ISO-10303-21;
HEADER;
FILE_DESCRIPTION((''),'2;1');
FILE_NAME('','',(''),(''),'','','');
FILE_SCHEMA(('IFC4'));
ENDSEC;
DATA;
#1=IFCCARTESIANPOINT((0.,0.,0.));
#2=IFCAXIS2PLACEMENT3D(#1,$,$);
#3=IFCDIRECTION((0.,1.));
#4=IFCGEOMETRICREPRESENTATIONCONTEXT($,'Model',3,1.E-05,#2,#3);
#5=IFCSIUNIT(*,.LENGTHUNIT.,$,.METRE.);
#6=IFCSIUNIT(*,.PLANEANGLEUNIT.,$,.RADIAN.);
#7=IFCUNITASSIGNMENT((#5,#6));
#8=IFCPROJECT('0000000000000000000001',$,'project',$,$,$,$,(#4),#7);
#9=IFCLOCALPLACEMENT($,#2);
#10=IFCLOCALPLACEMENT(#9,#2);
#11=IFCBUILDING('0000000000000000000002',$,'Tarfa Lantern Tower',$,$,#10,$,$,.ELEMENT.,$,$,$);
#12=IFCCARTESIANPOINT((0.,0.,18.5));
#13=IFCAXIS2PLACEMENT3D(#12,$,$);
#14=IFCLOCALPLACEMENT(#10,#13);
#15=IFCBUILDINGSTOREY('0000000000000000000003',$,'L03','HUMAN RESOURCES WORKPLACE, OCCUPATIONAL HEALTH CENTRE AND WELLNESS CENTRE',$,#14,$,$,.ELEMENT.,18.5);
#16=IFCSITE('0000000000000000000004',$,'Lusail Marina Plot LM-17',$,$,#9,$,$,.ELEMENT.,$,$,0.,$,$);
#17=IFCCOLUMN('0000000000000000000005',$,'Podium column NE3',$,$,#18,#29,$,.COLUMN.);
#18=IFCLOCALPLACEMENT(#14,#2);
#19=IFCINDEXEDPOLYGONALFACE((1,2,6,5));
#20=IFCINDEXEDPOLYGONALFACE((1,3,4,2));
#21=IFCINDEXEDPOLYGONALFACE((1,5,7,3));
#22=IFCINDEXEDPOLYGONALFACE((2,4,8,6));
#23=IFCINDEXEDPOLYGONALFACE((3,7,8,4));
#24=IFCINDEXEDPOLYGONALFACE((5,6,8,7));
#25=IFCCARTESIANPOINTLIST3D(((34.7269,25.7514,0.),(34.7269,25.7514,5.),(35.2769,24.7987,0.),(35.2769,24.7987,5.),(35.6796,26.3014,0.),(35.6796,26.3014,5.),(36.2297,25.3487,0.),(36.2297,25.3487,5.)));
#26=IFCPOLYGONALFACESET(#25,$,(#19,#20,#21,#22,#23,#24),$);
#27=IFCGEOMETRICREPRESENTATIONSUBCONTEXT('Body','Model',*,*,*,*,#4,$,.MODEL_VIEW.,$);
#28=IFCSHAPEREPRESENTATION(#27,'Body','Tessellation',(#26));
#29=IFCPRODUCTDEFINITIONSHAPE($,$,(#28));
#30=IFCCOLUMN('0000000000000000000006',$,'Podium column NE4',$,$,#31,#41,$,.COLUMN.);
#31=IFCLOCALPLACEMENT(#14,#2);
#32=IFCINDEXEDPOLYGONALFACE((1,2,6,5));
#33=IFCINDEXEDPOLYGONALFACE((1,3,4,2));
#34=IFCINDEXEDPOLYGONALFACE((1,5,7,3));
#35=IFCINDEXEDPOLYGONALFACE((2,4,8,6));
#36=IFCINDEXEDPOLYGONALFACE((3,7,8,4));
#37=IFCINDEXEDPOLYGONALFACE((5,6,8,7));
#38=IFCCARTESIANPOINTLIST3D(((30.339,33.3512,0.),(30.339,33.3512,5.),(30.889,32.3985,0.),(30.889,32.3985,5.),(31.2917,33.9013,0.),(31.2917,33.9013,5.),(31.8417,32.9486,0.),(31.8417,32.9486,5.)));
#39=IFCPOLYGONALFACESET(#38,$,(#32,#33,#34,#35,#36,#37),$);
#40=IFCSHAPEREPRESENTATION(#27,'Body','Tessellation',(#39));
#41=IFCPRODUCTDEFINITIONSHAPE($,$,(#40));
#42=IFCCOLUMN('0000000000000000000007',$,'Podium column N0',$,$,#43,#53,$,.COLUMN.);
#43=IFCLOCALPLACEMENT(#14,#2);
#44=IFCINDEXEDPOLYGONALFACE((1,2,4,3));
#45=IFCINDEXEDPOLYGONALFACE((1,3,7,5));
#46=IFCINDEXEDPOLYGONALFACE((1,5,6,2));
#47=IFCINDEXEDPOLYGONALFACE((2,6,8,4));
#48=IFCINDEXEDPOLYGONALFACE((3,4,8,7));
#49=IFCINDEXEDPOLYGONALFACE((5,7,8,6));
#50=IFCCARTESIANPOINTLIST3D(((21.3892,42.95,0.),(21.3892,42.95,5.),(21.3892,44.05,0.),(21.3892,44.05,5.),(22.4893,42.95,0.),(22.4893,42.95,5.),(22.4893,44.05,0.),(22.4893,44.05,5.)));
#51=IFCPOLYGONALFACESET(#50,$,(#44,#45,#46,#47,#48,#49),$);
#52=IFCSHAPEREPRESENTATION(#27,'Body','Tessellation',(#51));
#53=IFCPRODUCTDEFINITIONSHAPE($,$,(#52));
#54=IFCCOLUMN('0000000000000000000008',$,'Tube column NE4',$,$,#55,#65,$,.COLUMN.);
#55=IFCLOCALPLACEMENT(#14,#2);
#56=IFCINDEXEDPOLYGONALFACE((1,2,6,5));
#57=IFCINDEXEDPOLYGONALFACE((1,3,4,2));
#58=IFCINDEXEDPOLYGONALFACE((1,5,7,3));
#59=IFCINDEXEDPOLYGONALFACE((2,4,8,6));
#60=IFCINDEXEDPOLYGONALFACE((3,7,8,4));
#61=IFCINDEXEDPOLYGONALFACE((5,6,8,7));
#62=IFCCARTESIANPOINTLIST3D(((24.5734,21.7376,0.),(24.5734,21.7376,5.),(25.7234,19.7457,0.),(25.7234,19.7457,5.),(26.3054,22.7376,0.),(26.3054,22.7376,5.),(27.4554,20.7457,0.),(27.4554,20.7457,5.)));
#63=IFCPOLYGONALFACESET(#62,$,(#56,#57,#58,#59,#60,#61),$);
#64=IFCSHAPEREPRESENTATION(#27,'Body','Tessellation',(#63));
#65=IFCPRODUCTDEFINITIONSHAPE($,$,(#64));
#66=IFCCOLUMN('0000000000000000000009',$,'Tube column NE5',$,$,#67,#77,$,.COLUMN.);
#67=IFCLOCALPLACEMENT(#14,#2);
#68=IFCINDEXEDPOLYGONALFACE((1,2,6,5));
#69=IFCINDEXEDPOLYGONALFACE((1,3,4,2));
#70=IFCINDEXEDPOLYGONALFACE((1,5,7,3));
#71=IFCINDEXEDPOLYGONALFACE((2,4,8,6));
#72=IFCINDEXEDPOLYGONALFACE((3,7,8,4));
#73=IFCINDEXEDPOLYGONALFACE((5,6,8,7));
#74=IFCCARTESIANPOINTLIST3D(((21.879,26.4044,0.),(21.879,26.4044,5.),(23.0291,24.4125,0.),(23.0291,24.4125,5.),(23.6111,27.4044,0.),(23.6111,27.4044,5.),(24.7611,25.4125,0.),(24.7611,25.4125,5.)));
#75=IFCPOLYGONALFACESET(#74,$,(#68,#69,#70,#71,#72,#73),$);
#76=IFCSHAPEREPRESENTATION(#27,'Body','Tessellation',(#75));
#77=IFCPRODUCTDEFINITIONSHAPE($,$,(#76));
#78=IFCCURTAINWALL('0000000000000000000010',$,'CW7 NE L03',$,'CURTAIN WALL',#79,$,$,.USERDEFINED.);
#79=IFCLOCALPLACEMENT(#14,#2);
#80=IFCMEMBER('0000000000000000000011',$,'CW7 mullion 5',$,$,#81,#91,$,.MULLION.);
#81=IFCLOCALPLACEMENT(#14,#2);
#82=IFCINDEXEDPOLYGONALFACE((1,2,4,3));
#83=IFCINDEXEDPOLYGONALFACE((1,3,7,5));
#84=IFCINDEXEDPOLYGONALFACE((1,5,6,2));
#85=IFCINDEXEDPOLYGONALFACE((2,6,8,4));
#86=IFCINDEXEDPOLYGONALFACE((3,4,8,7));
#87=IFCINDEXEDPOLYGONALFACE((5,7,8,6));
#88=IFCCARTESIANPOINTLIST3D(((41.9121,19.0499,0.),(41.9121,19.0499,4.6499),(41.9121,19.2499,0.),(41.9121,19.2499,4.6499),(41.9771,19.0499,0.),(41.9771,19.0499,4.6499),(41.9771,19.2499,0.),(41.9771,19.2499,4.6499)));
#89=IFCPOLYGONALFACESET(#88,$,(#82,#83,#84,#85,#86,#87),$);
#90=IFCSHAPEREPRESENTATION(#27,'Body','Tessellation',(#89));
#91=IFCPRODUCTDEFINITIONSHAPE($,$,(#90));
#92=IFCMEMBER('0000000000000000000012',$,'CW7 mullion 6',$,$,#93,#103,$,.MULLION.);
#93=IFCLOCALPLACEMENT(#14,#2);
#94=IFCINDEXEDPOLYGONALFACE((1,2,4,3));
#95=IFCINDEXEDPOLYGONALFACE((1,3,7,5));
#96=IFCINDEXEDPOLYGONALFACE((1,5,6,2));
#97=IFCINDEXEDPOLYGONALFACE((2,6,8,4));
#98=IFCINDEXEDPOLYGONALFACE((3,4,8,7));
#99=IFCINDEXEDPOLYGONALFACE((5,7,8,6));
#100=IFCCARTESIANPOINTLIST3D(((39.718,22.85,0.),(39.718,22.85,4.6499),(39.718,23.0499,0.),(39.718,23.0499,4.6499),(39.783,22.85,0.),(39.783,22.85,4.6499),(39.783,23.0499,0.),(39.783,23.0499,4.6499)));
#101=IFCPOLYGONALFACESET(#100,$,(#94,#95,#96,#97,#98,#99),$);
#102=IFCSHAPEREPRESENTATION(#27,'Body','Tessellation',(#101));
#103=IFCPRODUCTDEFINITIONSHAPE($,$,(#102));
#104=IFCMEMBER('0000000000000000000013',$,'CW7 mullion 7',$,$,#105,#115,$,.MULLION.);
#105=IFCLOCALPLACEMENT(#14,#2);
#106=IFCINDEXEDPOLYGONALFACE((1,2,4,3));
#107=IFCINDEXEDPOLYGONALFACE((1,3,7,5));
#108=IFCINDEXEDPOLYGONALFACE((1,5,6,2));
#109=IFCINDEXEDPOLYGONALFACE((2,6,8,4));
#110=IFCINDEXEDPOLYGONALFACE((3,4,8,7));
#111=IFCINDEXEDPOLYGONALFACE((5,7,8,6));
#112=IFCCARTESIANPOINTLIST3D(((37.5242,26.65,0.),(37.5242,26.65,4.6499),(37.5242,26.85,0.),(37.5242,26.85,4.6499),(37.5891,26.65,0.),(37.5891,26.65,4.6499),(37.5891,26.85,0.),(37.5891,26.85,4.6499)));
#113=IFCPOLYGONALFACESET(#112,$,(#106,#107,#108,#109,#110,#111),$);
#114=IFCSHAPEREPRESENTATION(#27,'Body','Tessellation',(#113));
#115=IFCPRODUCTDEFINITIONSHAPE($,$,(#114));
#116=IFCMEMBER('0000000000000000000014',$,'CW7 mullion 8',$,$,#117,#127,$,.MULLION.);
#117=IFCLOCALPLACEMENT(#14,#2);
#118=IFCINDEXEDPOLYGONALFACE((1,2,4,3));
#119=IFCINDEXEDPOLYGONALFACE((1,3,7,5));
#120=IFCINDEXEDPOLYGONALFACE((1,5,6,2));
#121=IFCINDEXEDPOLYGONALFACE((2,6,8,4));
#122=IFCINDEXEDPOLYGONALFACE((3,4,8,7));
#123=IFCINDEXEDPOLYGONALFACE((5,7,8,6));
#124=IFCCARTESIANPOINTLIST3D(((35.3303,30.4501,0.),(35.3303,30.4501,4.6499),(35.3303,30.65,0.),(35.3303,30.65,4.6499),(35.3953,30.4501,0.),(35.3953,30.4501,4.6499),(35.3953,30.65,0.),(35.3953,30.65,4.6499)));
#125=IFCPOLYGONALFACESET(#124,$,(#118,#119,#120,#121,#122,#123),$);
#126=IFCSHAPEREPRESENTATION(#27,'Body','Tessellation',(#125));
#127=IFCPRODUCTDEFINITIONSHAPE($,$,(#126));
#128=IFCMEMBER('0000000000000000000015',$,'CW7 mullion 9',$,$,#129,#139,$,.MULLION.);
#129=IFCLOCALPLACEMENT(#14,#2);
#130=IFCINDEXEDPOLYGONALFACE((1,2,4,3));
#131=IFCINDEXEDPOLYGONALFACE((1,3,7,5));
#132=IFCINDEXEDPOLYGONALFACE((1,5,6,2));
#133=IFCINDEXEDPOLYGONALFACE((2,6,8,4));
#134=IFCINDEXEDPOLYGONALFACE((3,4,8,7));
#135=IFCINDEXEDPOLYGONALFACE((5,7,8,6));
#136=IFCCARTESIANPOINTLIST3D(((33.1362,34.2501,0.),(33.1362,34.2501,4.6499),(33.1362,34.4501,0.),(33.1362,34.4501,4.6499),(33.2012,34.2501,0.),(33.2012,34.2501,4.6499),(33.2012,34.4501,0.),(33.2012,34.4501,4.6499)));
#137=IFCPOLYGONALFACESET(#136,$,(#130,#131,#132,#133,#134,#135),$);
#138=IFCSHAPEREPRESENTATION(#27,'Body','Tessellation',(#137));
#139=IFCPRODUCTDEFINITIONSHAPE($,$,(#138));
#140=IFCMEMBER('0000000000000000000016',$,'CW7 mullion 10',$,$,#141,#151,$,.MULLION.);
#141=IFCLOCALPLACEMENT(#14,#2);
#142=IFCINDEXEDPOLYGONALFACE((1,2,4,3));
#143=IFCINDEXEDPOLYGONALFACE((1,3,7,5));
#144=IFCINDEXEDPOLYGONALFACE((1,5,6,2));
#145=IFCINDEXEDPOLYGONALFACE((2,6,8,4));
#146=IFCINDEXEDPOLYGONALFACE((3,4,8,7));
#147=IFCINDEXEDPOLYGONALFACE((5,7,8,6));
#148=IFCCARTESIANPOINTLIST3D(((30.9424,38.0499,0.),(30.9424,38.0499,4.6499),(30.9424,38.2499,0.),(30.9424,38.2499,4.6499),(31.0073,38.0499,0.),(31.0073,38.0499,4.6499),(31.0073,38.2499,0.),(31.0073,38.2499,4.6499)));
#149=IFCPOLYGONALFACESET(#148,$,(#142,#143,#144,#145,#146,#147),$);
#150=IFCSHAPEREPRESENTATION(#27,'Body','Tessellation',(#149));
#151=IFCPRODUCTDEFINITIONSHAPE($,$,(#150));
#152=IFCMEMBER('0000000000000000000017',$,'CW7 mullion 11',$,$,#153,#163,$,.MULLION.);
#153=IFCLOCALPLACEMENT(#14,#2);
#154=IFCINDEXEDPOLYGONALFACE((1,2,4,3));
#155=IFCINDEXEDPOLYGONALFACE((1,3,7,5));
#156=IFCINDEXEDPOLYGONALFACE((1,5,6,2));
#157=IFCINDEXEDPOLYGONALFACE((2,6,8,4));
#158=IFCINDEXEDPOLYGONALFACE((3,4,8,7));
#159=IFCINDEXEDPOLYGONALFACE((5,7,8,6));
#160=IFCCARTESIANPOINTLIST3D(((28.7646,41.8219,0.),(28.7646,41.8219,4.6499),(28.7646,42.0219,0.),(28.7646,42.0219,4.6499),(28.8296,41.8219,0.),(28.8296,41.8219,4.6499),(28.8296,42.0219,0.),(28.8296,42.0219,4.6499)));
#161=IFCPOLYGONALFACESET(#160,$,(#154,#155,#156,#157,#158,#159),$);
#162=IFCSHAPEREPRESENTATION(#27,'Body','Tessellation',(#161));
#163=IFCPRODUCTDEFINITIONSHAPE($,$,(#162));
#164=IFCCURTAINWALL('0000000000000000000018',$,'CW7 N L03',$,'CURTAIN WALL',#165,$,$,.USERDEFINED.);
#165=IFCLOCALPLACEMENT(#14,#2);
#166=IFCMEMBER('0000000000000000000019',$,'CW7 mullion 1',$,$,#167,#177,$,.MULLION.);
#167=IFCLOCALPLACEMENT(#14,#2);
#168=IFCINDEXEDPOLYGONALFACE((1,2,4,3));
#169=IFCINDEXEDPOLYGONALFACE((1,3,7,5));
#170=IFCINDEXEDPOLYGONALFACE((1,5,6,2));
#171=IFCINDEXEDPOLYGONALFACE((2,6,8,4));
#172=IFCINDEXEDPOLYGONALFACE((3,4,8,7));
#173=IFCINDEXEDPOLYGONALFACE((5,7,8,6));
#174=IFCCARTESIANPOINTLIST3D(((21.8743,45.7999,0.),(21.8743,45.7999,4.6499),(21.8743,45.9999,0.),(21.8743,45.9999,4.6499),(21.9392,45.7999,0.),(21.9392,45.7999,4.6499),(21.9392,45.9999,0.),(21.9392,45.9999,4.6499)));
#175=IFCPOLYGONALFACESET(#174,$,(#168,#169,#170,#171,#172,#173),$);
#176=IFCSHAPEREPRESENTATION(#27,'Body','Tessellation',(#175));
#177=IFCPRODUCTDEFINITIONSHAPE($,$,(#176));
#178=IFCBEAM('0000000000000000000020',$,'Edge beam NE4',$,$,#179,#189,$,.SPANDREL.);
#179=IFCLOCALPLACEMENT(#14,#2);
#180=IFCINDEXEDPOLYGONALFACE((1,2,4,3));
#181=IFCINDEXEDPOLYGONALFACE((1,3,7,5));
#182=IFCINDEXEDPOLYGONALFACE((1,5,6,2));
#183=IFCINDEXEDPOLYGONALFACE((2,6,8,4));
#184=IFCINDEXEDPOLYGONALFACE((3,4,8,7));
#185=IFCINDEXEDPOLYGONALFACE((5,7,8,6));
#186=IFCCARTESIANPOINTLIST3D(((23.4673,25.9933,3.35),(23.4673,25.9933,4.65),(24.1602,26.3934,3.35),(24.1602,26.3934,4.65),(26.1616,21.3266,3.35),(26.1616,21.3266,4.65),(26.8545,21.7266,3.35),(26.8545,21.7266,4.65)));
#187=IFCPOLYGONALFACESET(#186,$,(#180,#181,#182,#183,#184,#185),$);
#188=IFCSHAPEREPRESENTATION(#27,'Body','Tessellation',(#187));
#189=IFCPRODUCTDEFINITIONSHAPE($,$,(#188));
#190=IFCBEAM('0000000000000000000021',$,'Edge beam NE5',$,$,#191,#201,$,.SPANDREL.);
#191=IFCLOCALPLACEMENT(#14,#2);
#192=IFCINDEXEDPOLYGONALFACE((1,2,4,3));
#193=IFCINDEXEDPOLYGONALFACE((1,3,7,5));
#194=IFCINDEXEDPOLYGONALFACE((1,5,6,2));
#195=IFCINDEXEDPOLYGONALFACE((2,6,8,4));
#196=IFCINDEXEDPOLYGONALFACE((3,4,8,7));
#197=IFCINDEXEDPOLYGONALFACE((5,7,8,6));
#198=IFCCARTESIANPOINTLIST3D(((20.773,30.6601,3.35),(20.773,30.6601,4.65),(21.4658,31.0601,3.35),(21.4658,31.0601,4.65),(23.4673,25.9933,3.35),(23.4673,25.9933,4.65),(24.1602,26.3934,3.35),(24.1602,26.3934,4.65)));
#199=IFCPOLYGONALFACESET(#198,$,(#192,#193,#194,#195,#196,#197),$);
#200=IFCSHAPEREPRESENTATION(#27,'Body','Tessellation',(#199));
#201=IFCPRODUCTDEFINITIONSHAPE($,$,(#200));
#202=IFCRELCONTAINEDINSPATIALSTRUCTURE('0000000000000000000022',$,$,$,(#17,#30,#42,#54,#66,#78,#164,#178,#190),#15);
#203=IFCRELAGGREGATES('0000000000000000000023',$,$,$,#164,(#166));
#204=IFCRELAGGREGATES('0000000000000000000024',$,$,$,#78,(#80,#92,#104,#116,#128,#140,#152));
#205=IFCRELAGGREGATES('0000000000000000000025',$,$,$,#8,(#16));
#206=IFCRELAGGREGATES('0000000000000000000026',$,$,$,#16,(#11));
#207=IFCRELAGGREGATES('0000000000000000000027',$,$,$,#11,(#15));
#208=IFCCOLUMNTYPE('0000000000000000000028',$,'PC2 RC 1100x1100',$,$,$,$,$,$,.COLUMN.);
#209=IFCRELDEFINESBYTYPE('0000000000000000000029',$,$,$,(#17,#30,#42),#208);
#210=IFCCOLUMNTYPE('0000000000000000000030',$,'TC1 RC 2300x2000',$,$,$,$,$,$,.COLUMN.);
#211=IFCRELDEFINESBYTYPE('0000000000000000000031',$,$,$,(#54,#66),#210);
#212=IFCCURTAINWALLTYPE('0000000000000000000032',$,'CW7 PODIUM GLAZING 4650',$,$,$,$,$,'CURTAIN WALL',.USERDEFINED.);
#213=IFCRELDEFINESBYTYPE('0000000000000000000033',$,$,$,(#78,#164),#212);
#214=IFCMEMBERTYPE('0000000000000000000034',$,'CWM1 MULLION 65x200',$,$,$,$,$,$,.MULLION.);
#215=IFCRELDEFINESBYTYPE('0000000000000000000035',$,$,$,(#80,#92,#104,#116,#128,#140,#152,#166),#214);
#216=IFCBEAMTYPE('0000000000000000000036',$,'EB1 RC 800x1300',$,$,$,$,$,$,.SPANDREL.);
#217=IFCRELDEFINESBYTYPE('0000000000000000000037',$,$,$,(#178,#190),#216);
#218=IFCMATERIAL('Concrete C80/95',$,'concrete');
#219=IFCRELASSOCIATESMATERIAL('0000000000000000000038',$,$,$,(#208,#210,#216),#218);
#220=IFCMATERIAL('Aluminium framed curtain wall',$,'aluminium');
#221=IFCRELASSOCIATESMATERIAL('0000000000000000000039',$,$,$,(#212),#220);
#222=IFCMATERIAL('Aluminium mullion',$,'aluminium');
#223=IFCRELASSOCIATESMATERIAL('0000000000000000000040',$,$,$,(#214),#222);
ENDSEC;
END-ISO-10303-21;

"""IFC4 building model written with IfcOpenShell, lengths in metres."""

from ifc_helpers import new_model, si_unit, direction, frame, origin, origin_2d, place, context, subcontext, project, spatial, rectangle, extrude, material, material_profile, profile_set, type_object, element, aggregate, save


model = new_model("IFC4")

# Units and contexts
model_context = context("Model", 3, precision=1e-05, world=origin(), true_north=direction((0.0, 1.0)))
body_context = subcontext(model_context, "Body", "Model", "MODEL_VIEW")
ifc_project = project(units=[si_unit("LENGTHUNIT", "METRE"), si_unit("PLANEANGLEUNIT", "RADIAN")], contexts=[model_context])

# Site, building, storey
site_placement = place(None, origin())
site = spatial("IfcSite", under=ifc_project, at=site_placement, Name="Lusail Marina Plot LM-17", CompositionType="ELEMENT", RefElevation=0.0)
building_placement = place(site_placement, origin())
building = spatial("IfcBuilding", under=site, at=building_placement, Name="Tarfa Lantern Tower", CompositionType="ELEMENT")
storey_placement = place(building_placement, frame((0.0, 0.0, 18.5)))
storey = spatial("IfcBuildingStorey", under=building, at=storey_placement, Name="L03", Description="HUMAN RESOURCES WORKPLACE, OCCUPATIONAL HEALTH CENTRE AND WELLNESS CENTRE", CompositionType="ELEMENT", Elevation=18.5)

# Columns
ifc_material_1 = material(Name="Concrete C80/95", Category="concrete")
ifc_material_profile_1 = material_profile(ifc_material_1, rectangle(XDim=1.1001, YDim=1.1001, at=origin_2d()), Name="RC 1100x1100")
ifc_profile_set_1 = profile_set([ifc_material_profile_1], Name="Concrete C80/95")
column_type_1 = type_object("IfcColumnType", Name="PC2 RC 1100x1100", PredefinedType="COLUMN", material=ifc_profile_set_1)
for number, where, z_axis, x_axis, name in (
    (1, (35.4783, 25.55, 0.0), (0.0, 0.0, 1.0), (-0.5, 0.866025, 0.0), "Podium column NE3"),
    (2, (31.0903, 33.1499, 0.0), (0.0, 0.0, 1.0), (-0.5, 0.866025, 0.0), "Podium column NE4"),
    (3, (21.9392, 43.5, 0.0), (0.0, 0.0, 1.0), (-1.0, 0.0, 0.0), "Podium column N0"),
):
    element("IfcColumn", number, at=place(storey_placement, frame(where, z_axis=z_axis, x_axis=x_axis)), inside=storey, type_object=column_type_1, Name=name, PredefinedType="COLUMN", context=body_context, shape_type="SweptSolid", body=[
        extrude(rectangle(XDim=1.1001, YDim=1.1001, at=origin_2d()), origin(), (0.0, 0.0, 1.0), 5.0),
    ])
ifc_material_profile_2 = material_profile(ifc_material_1, rectangle(XDim=2.3, YDim=2.0, at=origin_2d()), Name="RC 2300x2000")
ifc_profile_set_2 = profile_set([ifc_material_profile_2], Name="Concrete C80/95")
column_type_2 = type_object("IfcColumnType", Name="TC1 RC 2300x2000", PredefinedType="COLUMN", material=ifc_profile_set_2)
for number, where, z_axis, x_axis, name in (
    (4, (26.0144, 21.2417, 0.0), (0.0, 0.0, 1.0), (-0.5, 0.866025, 0.0), "Tube column NE4"),
    (5, (23.3201, 25.9084, 0.0), (0.0, 0.0, 1.0), (-0.5, 0.866025, 0.0), "Tube column NE5"),
):
    element("IfcColumn", number, at=place(storey_placement, frame(where, z_axis=z_axis, x_axis=x_axis)), inside=storey, type_object=column_type_2, Name=name, PredefinedType="COLUMN", context=body_context, shape_type="SweptSolid", body=[
        extrude(rectangle(XDim=2.3, YDim=2.0, at=origin_2d()), origin(), (0.0, 0.0, 1.0), 5.0),
    ])

# Curtain wall, members
ifc_material_2 = material(Name="Aluminium framed curtain wall", Category="aluminium")
curtain_wall_type = type_object("IfcCurtainWallType", Name="CW7 PODIUM GLAZING 4650", ElementType="CURTAIN WALL", PredefinedType="USERDEFINED", material=ifc_material_2)
curtain_wall_1_placement = place(storey_placement, origin())
curtain_wall_1 = element("IfcCurtainWall", 6, at=curtain_wall_1_placement, inside=storey, type_object=curtain_wall_type, Name="CW7 NE L03", ObjectType="CURTAIN WALL", PredefinedType="USERDEFINED")
ifc_material_3 = material(Name="Aluminium mullion", Category="aluminium")
ifc_material_profile_3 = material_profile(ifc_material_3, rectangle(XDim=0.0649, YDim=0.2, at=origin_2d()), Name="AL MULLION 65x200")
ifc_profile_set_3 = profile_set([ifc_material_profile_3], Name="Aluminium mullion")
member_type = type_object("IfcMemberType", Name="CWM1 MULLION 65x200", PredefinedType="MULLION", material=ifc_profile_set_3)
member_1_placement = place(storey_placement, frame((41.9446, 19.1499, 0.0), z_axis=(0.0, 0.0, 1.0), x_axis=(1.0, 0.0, 0.0)))
member_1 = element("IfcMember", 7, at=member_1_placement, type_object=member_type, Name="CW7 mullion 5", PredefinedType="MULLION", context=body_context, shape_type="SweptSolid", body=[
    extrude(rectangle(XDim=0.0649, YDim=0.2, at=origin_2d()), origin(), (0.0, 0.0, 1.0), 4.6499),
])
member_2_placement = place(storey_placement, frame((39.7505, 22.95, 0.0), z_axis=(0.0, 0.0, 1.0), x_axis=(1.0, 0.0, 0.0)))
member_2 = element("IfcMember", 8, at=member_2_placement, type_object=member_type, Name="CW7 mullion 6", PredefinedType="MULLION", context=body_context, shape_type="SweptSolid", body=[
    extrude(rectangle(XDim=0.0649, YDim=0.2, at=origin_2d()), origin(), (0.0, 0.0, 1.0), 4.6499),
])
member_3_placement = place(storey_placement, frame((37.5566, 26.75, 0.0), z_axis=(0.0, 0.0, 1.0), x_axis=(1.0, 0.0, 0.0)))
member_3 = element("IfcMember", 9, at=member_3_placement, type_object=member_type, Name="CW7 mullion 7", PredefinedType="MULLION", context=body_context, shape_type="SweptSolid", body=[
    extrude(rectangle(XDim=0.0649, YDim=0.2, at=origin_2d()), origin(), (0.0, 0.0, 1.0), 4.6499),
])
member_4_placement = place(storey_placement, frame((35.3628, 30.55, 0.0), z_axis=(0.0, 0.0, 1.0), x_axis=(1.0, 0.0, 0.0)))
member_4 = element("IfcMember", 10, at=member_4_placement, type_object=member_type, Name="CW7 mullion 8", PredefinedType="MULLION", context=body_context, shape_type="SweptSolid", body=[
    extrude(rectangle(XDim=0.0649, YDim=0.2, at=origin_2d()), origin(), (0.0, 0.0, 1.0), 4.6499),
])
member_5_placement = place(storey_placement, frame((33.1687, 34.3501, 0.0), z_axis=(0.0, 0.0, 1.0), x_axis=(1.0, 0.0, 0.0)))
member_5 = element("IfcMember", 11, at=member_5_placement, type_object=member_type, Name="CW7 mullion 9", PredefinedType="MULLION", context=body_context, shape_type="SweptSolid", body=[
    extrude(rectangle(XDim=0.0649, YDim=0.2, at=origin_2d()), origin(), (0.0, 0.0, 1.0), 4.6499),
])
member_6_placement = place(storey_placement, frame((30.9749, 38.1499, 0.0), z_axis=(0.0, 0.0, 1.0), x_axis=(1.0, 0.0, 0.0)))
member_6 = element("IfcMember", 12, at=member_6_placement, type_object=member_type, Name="CW7 mullion 10", PredefinedType="MULLION", context=body_context, shape_type="SweptSolid", body=[
    extrude(rectangle(XDim=0.0649, YDim=0.2, at=origin_2d()), origin(), (0.0, 0.0, 1.0), 4.6499),
])
member_7_placement = place(storey_placement, frame((28.7971, 41.9219, 0.0), z_axis=(0.0, 0.0, 1.0), x_axis=(1.0, 0.0, 0.0)))
member_7 = element("IfcMember", 13, at=member_7_placement, type_object=member_type, Name="CW7 mullion 11", PredefinedType="MULLION", context=body_context, shape_type="SweptSolid", body=[
    extrude(rectangle(XDim=0.0649, YDim=0.2, at=origin_2d()), origin(), (0.0, 0.0, 1.0), 4.6499),
])

# Curtain wall, member
curtain_wall_2_placement = place(storey_placement, origin())
curtain_wall_2 = element("IfcCurtainWall", 14, at=curtain_wall_2_placement, inside=storey, type_object=curtain_wall_type, Name="CW7 N L03", ObjectType="CURTAIN WALL", PredefinedType="USERDEFINED")
member_8_placement = place(storey_placement, frame((21.9067, 45.8999, 0.0), z_axis=(0.0, 0.0, 1.0), x_axis=(1.0, 0.0, 0.0)))
member_8 = element("IfcMember", 15, at=member_8_placement, type_object=member_type, Name="CW7 mullion 1", PredefinedType="MULLION", context=body_context, shape_type="SweptSolid", body=[
    extrude(rectangle(XDim=0.0649, YDim=0.2, at=origin_2d()), origin(), (0.0, 0.0, 1.0), 4.6499),
])
aggregate(curtain_wall_2, [member_8])

# Beams
ifc_material_profile_4 = material_profile(ifc_material_1, rectangle(XDim=0.8, YDim=1.3, at=origin_2d()), Name="RC 800x1300")
ifc_profile_set_4 = profile_set([ifc_material_profile_4], Name="Concrete C80/95")
beam_type_1 = type_object("IfcBeamType", Name="EB1 RC 800x1300", PredefinedType="SPANDREL", material=ifc_profile_set_4)
for number, where, z_axis, x_axis, name in (
    (16, (26.5081, 21.5266, 4.0), (-0.499998, 0.866026, 0.0), (-0.866026, -0.499998, 0.0), "Edge beam NE4"),
    (17, (23.8137, 26.1934, 4.0), (-0.499998, 0.866026, 0.0), (-0.866026, -0.499998, 0.0), "Edge beam NE5"),
):
    element("IfcBeam", number, at=place(storey_placement, frame(where, z_axis=z_axis, x_axis=x_axis)), inside=storey, type_object=beam_type_1, Name=name, PredefinedType="SPANDREL", context=body_context, shape_type="SweptSolid", body=[
        extrude(rectangle(XDim=0.8, YDim=1.3, at=origin_2d()), origin(), (0.0, 0.0, 1.0), 5.3887),
    ])

aggregate(curtain_wall_1, [member_1, member_2, member_3, member_4, member_5, member_6, member_7])

save(model, "model.ifc")
